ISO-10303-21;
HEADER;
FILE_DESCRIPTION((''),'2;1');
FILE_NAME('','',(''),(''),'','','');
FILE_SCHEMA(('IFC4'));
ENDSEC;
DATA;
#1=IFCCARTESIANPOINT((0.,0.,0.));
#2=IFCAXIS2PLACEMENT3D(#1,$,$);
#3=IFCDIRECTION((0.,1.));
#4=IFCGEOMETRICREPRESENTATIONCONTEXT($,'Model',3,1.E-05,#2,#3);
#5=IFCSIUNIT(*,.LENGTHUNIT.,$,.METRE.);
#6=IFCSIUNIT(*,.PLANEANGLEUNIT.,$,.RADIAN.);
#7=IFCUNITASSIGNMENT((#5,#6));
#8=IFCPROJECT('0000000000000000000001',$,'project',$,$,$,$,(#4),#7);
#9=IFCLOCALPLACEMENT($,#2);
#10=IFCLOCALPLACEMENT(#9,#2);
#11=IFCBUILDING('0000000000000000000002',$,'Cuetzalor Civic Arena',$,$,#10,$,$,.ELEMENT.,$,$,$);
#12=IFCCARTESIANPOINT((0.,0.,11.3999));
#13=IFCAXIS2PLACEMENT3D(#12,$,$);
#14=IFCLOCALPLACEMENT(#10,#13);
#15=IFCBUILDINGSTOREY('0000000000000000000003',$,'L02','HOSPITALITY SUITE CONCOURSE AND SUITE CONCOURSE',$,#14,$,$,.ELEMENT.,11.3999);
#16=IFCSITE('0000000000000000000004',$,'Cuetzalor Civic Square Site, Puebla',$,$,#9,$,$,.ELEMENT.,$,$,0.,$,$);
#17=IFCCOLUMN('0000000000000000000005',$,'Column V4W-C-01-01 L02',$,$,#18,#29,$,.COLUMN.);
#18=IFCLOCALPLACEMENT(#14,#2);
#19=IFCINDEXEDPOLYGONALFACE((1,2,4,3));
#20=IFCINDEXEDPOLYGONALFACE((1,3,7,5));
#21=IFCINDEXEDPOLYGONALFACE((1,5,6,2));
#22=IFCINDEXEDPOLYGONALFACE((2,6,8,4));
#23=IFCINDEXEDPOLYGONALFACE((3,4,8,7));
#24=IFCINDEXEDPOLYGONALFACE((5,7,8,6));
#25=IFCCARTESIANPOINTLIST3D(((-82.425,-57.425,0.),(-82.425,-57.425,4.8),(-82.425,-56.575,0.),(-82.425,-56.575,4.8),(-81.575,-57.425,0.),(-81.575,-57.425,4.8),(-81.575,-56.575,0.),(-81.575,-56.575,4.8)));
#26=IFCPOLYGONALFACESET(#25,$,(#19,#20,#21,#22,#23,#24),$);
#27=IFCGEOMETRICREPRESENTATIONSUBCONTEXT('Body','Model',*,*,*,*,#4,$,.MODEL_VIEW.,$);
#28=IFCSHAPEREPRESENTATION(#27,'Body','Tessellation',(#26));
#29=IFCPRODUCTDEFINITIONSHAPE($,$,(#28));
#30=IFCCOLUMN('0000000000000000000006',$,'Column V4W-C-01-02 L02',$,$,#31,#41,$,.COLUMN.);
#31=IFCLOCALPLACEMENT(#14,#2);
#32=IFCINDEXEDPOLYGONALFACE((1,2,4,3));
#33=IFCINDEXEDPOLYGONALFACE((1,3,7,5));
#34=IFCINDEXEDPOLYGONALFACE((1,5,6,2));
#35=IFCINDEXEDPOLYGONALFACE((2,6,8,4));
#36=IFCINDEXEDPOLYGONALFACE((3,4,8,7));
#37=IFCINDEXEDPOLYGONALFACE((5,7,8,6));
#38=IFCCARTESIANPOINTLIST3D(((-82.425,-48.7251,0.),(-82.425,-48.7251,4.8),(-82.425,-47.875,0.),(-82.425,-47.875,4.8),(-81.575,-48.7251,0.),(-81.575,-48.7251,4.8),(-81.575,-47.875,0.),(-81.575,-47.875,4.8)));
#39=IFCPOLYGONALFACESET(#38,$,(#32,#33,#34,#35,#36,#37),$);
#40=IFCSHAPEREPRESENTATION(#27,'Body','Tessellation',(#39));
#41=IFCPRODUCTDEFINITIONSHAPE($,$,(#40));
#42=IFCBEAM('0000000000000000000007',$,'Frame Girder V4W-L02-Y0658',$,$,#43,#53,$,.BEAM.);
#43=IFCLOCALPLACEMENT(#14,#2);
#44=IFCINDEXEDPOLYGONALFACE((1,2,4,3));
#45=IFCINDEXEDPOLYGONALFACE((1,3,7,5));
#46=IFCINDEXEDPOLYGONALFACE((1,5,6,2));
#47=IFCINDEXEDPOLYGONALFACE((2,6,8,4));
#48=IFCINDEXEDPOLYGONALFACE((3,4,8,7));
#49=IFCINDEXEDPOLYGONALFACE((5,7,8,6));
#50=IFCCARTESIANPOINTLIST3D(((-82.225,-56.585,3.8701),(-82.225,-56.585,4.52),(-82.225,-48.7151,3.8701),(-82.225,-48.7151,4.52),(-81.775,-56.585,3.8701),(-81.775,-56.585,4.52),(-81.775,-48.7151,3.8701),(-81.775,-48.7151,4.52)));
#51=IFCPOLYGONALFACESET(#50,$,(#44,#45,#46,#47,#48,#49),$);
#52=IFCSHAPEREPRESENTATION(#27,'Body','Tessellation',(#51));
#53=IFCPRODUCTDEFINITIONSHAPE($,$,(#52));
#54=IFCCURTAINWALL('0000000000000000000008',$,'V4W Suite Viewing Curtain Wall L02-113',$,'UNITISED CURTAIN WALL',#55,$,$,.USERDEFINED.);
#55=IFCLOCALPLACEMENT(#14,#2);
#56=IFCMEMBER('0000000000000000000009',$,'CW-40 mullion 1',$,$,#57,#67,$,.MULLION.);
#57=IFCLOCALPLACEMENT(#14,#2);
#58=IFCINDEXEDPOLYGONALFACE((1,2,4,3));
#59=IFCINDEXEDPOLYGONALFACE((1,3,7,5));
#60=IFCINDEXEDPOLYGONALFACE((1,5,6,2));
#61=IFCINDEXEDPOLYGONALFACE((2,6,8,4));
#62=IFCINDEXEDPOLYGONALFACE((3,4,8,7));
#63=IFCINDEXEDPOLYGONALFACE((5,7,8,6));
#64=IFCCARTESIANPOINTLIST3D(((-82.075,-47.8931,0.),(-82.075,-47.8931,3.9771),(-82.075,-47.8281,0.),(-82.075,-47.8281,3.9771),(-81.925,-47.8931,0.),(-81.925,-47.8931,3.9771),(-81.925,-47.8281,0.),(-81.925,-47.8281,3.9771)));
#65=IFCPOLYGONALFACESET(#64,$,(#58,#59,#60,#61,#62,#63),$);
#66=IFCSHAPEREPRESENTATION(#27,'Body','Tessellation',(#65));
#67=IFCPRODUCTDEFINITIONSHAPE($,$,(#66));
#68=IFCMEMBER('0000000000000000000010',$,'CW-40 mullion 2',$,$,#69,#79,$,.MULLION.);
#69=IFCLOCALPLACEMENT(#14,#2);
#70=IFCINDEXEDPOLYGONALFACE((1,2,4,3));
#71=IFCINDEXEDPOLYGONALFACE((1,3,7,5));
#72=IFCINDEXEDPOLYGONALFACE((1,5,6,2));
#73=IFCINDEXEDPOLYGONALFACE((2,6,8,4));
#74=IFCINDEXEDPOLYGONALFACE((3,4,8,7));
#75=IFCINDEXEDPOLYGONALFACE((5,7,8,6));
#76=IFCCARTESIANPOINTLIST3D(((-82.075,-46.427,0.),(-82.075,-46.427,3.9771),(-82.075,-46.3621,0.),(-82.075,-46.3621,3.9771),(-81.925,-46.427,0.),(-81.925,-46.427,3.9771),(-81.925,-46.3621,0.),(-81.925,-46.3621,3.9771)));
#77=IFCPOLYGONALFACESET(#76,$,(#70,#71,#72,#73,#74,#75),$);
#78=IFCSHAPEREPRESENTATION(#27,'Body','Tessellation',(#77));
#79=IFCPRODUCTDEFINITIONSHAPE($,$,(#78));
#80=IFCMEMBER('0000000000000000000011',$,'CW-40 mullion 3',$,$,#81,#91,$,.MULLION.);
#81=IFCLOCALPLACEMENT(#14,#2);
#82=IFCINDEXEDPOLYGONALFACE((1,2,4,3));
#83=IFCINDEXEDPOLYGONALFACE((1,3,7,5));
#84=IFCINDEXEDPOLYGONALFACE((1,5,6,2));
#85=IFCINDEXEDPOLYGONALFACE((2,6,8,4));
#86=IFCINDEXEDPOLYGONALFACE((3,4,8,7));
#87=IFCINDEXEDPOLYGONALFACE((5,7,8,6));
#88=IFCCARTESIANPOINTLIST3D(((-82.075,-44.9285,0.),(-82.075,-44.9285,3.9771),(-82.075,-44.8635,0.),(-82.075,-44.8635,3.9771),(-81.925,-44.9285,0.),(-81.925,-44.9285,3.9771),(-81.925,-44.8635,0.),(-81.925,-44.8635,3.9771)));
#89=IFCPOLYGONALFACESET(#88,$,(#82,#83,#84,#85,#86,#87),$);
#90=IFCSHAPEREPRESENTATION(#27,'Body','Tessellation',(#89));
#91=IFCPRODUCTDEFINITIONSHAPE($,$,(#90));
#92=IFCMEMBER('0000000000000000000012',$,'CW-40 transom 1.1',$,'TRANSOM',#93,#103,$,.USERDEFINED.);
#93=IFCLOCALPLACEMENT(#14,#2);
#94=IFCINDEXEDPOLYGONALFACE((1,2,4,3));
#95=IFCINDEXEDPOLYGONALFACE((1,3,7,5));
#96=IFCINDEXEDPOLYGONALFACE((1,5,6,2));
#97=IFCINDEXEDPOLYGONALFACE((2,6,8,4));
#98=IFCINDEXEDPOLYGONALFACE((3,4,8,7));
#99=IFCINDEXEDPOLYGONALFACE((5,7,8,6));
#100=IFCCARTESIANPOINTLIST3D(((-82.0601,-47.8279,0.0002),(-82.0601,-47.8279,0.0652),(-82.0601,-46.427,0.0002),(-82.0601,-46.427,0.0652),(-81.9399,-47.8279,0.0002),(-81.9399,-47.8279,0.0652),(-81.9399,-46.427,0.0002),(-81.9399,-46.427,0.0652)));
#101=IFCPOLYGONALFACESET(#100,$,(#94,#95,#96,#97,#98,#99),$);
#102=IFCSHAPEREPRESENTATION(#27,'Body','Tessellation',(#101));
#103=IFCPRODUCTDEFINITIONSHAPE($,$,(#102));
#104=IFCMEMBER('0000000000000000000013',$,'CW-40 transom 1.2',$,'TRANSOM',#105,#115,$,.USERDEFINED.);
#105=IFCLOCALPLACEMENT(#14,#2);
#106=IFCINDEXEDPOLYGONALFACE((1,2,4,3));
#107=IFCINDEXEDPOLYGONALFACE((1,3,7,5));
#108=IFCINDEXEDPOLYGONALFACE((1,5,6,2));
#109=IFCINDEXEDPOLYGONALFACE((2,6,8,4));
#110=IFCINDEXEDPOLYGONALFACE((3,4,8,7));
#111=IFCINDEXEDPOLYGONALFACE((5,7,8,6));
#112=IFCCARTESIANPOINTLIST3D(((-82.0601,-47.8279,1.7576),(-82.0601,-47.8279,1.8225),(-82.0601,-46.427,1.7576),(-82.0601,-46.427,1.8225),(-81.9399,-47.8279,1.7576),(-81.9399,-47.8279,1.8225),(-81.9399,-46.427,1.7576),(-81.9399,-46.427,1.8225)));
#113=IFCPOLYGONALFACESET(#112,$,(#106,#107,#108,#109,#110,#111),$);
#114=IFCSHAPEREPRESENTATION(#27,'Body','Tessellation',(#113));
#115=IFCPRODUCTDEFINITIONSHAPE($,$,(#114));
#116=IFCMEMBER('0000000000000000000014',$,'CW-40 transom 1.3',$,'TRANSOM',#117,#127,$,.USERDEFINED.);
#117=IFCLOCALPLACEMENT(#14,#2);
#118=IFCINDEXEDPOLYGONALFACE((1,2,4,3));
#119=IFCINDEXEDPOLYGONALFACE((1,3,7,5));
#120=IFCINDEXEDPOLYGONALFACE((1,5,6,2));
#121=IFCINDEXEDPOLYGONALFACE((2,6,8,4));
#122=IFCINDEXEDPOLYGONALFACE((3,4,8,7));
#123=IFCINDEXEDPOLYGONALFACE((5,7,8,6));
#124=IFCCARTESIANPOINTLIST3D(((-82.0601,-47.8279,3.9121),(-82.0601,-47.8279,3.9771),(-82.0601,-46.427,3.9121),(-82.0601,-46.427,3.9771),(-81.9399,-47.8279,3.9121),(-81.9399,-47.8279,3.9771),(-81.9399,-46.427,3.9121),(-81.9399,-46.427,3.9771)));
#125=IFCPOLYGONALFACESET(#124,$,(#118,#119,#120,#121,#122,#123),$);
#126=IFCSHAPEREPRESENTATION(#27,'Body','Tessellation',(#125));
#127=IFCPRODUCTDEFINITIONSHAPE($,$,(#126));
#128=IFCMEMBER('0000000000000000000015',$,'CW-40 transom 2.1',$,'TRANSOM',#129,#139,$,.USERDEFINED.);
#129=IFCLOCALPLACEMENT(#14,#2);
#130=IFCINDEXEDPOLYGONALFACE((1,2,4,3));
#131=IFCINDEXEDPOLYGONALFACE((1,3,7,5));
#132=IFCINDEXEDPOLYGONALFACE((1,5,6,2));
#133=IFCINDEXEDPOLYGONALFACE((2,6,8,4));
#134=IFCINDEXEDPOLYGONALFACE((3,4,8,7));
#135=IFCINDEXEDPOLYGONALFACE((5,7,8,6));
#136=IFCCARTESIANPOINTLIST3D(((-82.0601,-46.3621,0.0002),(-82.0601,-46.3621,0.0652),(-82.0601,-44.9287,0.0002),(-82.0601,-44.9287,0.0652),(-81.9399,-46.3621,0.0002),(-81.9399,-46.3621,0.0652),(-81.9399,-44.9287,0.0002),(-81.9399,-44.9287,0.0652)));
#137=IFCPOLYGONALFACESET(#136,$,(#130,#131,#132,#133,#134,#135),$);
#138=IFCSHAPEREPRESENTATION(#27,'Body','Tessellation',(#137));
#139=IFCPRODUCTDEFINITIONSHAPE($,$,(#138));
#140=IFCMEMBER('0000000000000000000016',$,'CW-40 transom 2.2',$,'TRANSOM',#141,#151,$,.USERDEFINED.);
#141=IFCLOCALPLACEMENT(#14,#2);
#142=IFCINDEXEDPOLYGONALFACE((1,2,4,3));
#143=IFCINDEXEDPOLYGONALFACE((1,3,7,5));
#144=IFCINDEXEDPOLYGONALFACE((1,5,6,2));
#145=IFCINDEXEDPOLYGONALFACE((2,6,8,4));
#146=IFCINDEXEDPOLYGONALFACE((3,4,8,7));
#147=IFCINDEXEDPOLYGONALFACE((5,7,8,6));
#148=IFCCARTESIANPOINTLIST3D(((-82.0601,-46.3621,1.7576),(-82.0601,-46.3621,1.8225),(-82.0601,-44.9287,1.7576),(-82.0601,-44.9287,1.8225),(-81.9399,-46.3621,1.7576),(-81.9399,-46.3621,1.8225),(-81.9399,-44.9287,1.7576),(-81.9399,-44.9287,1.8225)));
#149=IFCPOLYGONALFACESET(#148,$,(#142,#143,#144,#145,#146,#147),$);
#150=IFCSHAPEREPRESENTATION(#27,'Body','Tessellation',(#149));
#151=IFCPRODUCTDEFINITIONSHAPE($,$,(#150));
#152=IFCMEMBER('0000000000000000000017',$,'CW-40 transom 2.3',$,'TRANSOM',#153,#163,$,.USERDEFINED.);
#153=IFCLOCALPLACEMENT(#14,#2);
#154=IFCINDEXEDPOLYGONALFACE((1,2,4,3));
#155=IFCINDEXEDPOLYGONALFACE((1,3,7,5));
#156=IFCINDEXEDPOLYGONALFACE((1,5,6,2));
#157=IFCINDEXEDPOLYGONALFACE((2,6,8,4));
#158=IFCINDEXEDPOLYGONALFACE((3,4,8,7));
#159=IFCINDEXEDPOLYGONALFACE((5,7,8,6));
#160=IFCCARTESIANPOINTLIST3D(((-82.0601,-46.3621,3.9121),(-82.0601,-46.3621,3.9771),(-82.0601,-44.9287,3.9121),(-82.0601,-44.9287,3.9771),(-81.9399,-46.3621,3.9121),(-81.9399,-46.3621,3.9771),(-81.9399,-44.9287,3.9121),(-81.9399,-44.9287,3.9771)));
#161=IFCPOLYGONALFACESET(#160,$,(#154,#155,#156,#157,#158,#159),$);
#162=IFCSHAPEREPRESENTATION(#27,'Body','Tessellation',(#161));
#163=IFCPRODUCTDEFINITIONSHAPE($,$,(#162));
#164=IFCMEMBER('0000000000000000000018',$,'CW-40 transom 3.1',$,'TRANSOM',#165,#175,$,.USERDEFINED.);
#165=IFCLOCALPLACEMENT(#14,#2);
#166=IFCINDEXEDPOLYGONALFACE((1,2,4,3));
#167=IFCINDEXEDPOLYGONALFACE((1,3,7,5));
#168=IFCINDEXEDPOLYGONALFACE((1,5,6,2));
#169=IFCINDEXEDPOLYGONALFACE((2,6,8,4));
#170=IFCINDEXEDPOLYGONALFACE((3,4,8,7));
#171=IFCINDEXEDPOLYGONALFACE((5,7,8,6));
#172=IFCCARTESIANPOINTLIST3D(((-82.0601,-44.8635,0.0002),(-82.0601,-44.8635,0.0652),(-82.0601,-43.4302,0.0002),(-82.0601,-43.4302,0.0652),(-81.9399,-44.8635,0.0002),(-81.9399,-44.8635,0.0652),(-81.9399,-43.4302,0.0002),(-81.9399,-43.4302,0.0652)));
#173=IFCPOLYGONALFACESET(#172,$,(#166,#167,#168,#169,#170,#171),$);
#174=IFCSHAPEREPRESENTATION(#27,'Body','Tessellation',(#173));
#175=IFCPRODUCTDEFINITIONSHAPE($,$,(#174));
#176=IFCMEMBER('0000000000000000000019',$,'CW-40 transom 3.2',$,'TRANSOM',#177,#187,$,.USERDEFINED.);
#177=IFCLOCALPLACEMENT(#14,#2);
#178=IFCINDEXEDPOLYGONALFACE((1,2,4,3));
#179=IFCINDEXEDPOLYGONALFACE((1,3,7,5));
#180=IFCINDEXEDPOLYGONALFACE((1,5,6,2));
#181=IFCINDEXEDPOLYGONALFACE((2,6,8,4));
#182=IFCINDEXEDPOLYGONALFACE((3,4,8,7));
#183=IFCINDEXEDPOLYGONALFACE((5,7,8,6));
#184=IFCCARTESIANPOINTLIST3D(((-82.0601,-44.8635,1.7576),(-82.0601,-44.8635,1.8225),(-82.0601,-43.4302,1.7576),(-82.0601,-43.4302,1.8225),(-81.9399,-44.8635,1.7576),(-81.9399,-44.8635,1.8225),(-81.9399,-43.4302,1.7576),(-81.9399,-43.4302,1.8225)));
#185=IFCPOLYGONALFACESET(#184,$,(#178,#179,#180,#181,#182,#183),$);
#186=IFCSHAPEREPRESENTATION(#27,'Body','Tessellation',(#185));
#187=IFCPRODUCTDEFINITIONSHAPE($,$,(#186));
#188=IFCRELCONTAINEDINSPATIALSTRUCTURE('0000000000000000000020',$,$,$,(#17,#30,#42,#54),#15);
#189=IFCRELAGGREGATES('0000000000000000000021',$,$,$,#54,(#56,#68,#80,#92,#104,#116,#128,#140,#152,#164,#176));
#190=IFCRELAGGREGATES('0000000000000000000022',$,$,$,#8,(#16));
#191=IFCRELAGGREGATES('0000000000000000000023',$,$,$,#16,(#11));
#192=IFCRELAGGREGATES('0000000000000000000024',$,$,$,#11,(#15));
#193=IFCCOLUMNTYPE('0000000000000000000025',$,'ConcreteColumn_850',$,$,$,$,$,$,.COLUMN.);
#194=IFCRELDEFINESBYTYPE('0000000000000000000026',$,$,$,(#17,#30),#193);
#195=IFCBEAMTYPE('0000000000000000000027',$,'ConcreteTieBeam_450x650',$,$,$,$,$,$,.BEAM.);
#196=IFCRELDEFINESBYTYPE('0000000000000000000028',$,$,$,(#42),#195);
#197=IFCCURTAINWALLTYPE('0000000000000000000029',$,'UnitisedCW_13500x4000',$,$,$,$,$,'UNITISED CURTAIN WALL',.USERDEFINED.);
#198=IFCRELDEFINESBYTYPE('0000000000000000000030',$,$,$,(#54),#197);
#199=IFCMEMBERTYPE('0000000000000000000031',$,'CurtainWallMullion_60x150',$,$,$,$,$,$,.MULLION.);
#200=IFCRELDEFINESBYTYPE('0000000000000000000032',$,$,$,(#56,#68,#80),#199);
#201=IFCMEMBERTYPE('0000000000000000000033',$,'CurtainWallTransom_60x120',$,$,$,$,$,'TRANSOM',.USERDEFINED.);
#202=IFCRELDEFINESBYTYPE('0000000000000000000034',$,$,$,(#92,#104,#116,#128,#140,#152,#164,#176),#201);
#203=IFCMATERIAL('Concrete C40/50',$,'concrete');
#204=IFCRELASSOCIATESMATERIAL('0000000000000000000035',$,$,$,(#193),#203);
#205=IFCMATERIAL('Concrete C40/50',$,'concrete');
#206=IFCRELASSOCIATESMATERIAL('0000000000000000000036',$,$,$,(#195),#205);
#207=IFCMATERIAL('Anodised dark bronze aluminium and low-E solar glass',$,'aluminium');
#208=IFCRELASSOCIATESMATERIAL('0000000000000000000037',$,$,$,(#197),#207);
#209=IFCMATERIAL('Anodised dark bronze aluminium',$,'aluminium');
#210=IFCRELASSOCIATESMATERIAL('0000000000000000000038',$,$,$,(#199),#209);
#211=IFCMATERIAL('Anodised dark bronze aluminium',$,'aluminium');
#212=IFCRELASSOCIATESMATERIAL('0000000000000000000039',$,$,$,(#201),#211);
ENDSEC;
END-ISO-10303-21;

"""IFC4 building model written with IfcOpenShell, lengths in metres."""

from ifc_helpers import new_model, si_unit, direction, frame, origin, origin_2d, place, context, subcontext, project, spatial, rectangle, extrude, material, material_profile, profile_set, type_object, element, aggregate, save


model = new_model("IFC4")

# Units and contexts
model_context = context("Model", 3, precision=1e-05, world=origin(), true_north=direction((0.0, 1.0)))
body_context = subcontext(model_context, "Body", "Model", "MODEL_VIEW")
ifc_project = project(units=[si_unit("LENGTHUNIT", "METRE"), si_unit("PLANEANGLEUNIT", "RADIAN")], contexts=[model_context])

# Site, building, storey
site_placement = place(None, origin())
site = spatial("IfcSite", under=ifc_project, at=site_placement, Name="Cuetzalor Civic Square Site, Puebla", CompositionType="ELEMENT", RefElevation=0.0)
building_placement = place(site_placement, origin())
building = spatial("IfcBuilding", under=site, at=building_placement, Name="Cuetzalor Civic Arena", CompositionType="ELEMENT")
storey_placement = place(building_placement, frame((0.0, 0.0, 11.3999)))
storey = spatial("IfcBuildingStorey", under=building, at=storey_placement, Name="L02", Description="HOSPITALITY SUITE CONCOURSE AND SUITE CONCOURSE", CompositionType="ELEMENT", Elevation=11.3999)

# Columns
ifc_material_1 = material(Name="Concrete C40/50", Category="concrete")
ifc_material_profile_1 = material_profile(ifc_material_1, rectangle(XDim=0.8501, YDim=0.8501, at=origin_2d()), Name="RC 850x850")
ifc_profile_set_1 = profile_set([ifc_material_profile_1], Name="Concrete C40/50")
column_type = type_object("IfcColumnType", Name="ConcreteColumn_850", PredefinedType="COLUMN", material=ifc_profile_set_1)
for number, where, z_axis, x_axis, name in (
    (1, (-82.0, -57.0, 0.0), (0.0, 0.0, 1.0), (1.0, 0.0, 0.0), "Column V4W-C-01-01 L02"),
    (2, (-82.0, -48.3, 0.0), (0.0, 0.0, 1.0), (1.0, 0.0, 0.0), "Column V4W-C-01-02 L02"),
):
    element("IfcColumn", number, at=place(storey_placement, frame(where, z_axis=z_axis, x_axis=x_axis)), inside=storey, type_object=column_type, Name=name, PredefinedType="COLUMN", context=body_context, shape_type="SweptSolid", body=[
        extrude(rectangle(XDim=0.8501, YDim=0.8501, at=origin_2d()), origin(), (0.0, 0.0, 1.0), 4.8),
    ])

# Beam
ifc_material_2 = material(Name="Concrete C40/50", Category="concrete")
ifc_material_profile_2 = material_profile(ifc_material_2, rectangle(XDim=0.45, YDim=0.6499, at=origin_2d()), Name="RC 450x650")
ifc_profile_set_2 = profile_set([ifc_material_profile_2], Name="Concrete C40/50")
beam_type_1 = type_object("IfcBeamType", Name="ConcreteTieBeam_450x650", PredefinedType="BEAM", material=ifc_profile_set_2)
beam_1_placement = place(storey_placement, frame((-82.0, -56.585, 4.1951), z_axis=(0.0, 1.0, 0.0), x_axis=(-1.0, 0.0, 0.0)))
element("IfcBeam", 3, at=beam_1_placement, inside=storey, type_object=beam_type_1, Name="Frame Girder V4W-L02-Y0658", PredefinedType="BEAM", context=body_context, shape_type="SweptSolid", body=[
    extrude(rectangle(XDim=0.45, YDim=0.6499, at=origin_2d()), origin(), (0.0, 0.0, 1.0), 7.8699),
])

# Curtain wall, members
ifc_material_3 = material(Name="Anodised dark bronze aluminium and low-E solar glass", Category="aluminium")
curtain_wall_type = type_object("IfcCurtainWallType", Name="UnitisedCW_13500x4000", ElementType="UNITISED CURTAIN WALL", PredefinedType="USERDEFINED", material=ifc_material_3)
curtain_wall_placement = place(storey_placement, origin())
curtain_wall = element("IfcCurtainWall", 4, at=curtain_wall_placement, inside=storey, type_object=curtain_wall_type, Name="V4W Suite Viewing Curtain Wall L02-113", ObjectType="UNITISED CURTAIN WALL", PredefinedType="USERDEFINED")
ifc_material_4 = material(Name="Anodised dark bronze aluminium", Category="aluminium")
ifc_material_profile_3 = material_profile(ifc_material_4, rectangle(XDim=0.0649, YDim=0.1499, at=origin_2d()), Name="ALU MULLION 65x150")
ifc_profile_set_3 = profile_set([ifc_material_profile_3], Name="Anodised dark bronze aluminium")
member_type_1 = type_object("IfcMemberType", Name="CurtainWallMullion_60x150", PredefinedType="MULLION", material=ifc_profile_set_3)
member_1_placement = place(storey_placement, frame((-82.0, -47.8606, 0.0), z_axis=(0.0, 0.0, 1.0), x_axis=(0.0, 1.0, 0.0)))
member_1 = element("IfcMember", 5, at=member_1_placement, type_object=member_type_1, Name="CW-40 mullion 1", PredefinedType="MULLION", context=body_context, shape_type="SweptSolid", body=[
    extrude(rectangle(XDim=0.0649, YDim=0.1499, at=origin_2d()), origin(), (0.0, 0.0, 1.0), 3.9771),
])
member_2_placement = place(storey_placement, frame((-82.0, -46.3945, 0.0), z_axis=(0.0, 0.0, 1.0), x_axis=(0.0, 1.0, 0.0)))
member_2 = element("IfcMember", 6, at=member_2_placement, type_object=member_type_1, Name="CW-40 mullion 2", PredefinedType="MULLION", context=body_context, shape_type="SweptSolid", body=[
    extrude(rectangle(XDim=0.0649, YDim=0.1499, at=origin_2d()), origin(), (0.0, 0.0, 1.0), 3.9771),
])
member_3_placement = place(storey_placement, frame((-82.0, -44.896, 0.0), z_axis=(0.0, 0.0, 1.0), x_axis=(0.0, 1.0, 0.0)))
member_3 = element("IfcMember", 7, at=member_3_placement, type_object=member_type_1, Name="CW-40 mullion 3", PredefinedType="MULLION", context=body_context, shape_type="SweptSolid", body=[
    extrude(rectangle(XDim=0.0649, YDim=0.1499, at=origin_2d()), origin(), (0.0, 0.0, 1.0), 3.9771),
])
ifc_material_5 = material(Name="Anodised dark bronze aluminium", Category="aluminium")
ifc_material_profile_4 = material_profile(ifc_material_5, rectangle(XDim=0.1201, YDim=0.0649, at=origin_2d()), Name="ALU TRANSOM 65x120")
ifc_profile_set_4 = profile_set([ifc_material_profile_4], Name="Anodised dark bronze aluminium")
member_type_2 = type_object("IfcMemberType", Name="CurtainWallTransom_60x120", ElementType="TRANSOM", PredefinedType="USERDEFINED", material=ifc_profile_set_4)
member_4_placement = place(storey_placement, frame((-82.0, -47.8279, 0.0327), z_axis=(0.0, 1.0, 0.0), x_axis=(-1.0, 0.0, 0.0)))
member_4 = element("IfcMember", 8, at=member_4_placement, type_object=member_type_2, Name="CW-40 transom 1.1", ObjectType="TRANSOM", PredefinedType="USERDEFINED", context=body_context, shape_type="SweptSolid", body=[
    extrude(rectangle(XDim=0.1201, YDim=0.0649, at=origin_2d()), origin(), (0.0, 0.0, 1.0), 1.4009),
])
member_5_placement = place(storey_placement, frame((-82.0, -47.8279, 1.79), z_axis=(0.0, 1.0, 0.0), x_axis=(-1.0, 0.0, 0.0)))
member_5 = element("IfcMember", 9, at=member_5_placement, type_object=member_type_2, Name="CW-40 transom 1.2", ObjectType="TRANSOM", PredefinedType="USERDEFINED", context=body_context, shape_type="SweptSolid", body=[
    extrude(rectangle(XDim=0.1201, YDim=0.0649, at=origin_2d()), origin(), (0.0, 0.0, 1.0), 1.4009),
])
member_6_placement = place(storey_placement, frame((-82.0, -47.8279, 3.9446), z_axis=(0.0, 1.0, 0.0), x_axis=(-1.0, 0.0, 0.0)))
member_6 = element("IfcMember", 10, at=member_6_placement, type_object=member_type_2, Name="CW-40 transom 1.3", ObjectType="TRANSOM", PredefinedType="USERDEFINED", context=body_context, shape_type="SweptSolid", body=[
    extrude(rectangle(XDim=0.1201, YDim=0.0649, at=origin_2d()), origin(), (0.0, 0.0, 1.0), 1.4009),
])
member_7_placement = place(storey_placement, frame((-82.0, -46.3621, 0.0327), z_axis=(0.0, 1.0, 0.0), x_axis=(-1.0, 0.0, 0.0)))
member_7 = element("IfcMember", 11, at=member_7_placement, type_object=member_type_2, Name="CW-40 transom 2.1", ObjectType="TRANSOM", PredefinedType="USERDEFINED", context=body_context, shape_type="SweptSolid", body=[
    extrude(rectangle(XDim=0.1201, YDim=0.0649, at=origin_2d()), origin(), (0.0, 0.0, 1.0), 1.4333),
])
member_8_placement = place(storey_placement, frame((-82.0, -46.3621, 1.79), z_axis=(0.0, 1.0, 0.0), x_axis=(-1.0, 0.0, 0.0)))
member_8 = element("IfcMember", 12, at=member_8_placement, type_object=member_type_2, Name="CW-40 transom 2.2", ObjectType="TRANSOM", PredefinedType="USERDEFINED", context=body_context, shape_type="SweptSolid", body=[
    extrude(rectangle(XDim=0.1201, YDim=0.0649, at=origin_2d()), origin(), (0.0, 0.0, 1.0), 1.4333),
])
member_9_placement = place(storey_placement, frame((-82.0, -46.3621, 3.9446), z_axis=(0.0, 1.0, 0.0), x_axis=(-1.0, 0.0, 0.0)))
member_9 = element("IfcMember", 13, at=member_9_placement, type_object=member_type_2, Name="CW-40 transom 2.3", ObjectType="TRANSOM", PredefinedType="USERDEFINED", context=body_context, shape_type="SweptSolid", body=[
    extrude(rectangle(XDim=0.1201, YDim=0.0649, at=origin_2d()), origin(), (0.0, 0.0, 1.0), 1.4333),
])
member_10_placement = place(storey_placement, frame((-82.0, -44.8635, 0.0327), z_axis=(0.0, 1.0, 0.0), x_axis=(-1.0, 0.0, 0.0)))
member_10 = element("IfcMember", 14, at=member_10_placement, type_object=member_type_2, Name="CW-40 transom 3.1", ObjectType="TRANSOM", PredefinedType="USERDEFINED", context=body_context, shape_type="SweptSolid", body=[
    extrude(rectangle(XDim=0.1201, YDim=0.0649, at=origin_2d()), origin(), (0.0, 0.0, 1.0), 1.4333),
])
member_11_placement = place(storey_placement, frame((-82.0, -44.8635, 1.79), z_axis=(0.0, 1.0, 0.0), x_axis=(-1.0, 0.0, 0.0)))
member_11 = element("IfcMember", 15, at=member_11_placement, type_object=member_type_2, Name="CW-40 transom 3.2", ObjectType="TRANSOM", PredefinedType="USERDEFINED", context=body_context, shape_type="SweptSolid", body=[
    extrude(rectangle(XDim=0.1201, YDim=0.0649, at=origin_2d()), origin(), (0.0, 0.0, 1.0), 1.4333),
])

aggregate(curtain_wall, [member_1, member_2, member_3, member_4, member_5, member_6, member_7, member_8, member_9, member_10, member_11])

save(model, "model.ifc")
